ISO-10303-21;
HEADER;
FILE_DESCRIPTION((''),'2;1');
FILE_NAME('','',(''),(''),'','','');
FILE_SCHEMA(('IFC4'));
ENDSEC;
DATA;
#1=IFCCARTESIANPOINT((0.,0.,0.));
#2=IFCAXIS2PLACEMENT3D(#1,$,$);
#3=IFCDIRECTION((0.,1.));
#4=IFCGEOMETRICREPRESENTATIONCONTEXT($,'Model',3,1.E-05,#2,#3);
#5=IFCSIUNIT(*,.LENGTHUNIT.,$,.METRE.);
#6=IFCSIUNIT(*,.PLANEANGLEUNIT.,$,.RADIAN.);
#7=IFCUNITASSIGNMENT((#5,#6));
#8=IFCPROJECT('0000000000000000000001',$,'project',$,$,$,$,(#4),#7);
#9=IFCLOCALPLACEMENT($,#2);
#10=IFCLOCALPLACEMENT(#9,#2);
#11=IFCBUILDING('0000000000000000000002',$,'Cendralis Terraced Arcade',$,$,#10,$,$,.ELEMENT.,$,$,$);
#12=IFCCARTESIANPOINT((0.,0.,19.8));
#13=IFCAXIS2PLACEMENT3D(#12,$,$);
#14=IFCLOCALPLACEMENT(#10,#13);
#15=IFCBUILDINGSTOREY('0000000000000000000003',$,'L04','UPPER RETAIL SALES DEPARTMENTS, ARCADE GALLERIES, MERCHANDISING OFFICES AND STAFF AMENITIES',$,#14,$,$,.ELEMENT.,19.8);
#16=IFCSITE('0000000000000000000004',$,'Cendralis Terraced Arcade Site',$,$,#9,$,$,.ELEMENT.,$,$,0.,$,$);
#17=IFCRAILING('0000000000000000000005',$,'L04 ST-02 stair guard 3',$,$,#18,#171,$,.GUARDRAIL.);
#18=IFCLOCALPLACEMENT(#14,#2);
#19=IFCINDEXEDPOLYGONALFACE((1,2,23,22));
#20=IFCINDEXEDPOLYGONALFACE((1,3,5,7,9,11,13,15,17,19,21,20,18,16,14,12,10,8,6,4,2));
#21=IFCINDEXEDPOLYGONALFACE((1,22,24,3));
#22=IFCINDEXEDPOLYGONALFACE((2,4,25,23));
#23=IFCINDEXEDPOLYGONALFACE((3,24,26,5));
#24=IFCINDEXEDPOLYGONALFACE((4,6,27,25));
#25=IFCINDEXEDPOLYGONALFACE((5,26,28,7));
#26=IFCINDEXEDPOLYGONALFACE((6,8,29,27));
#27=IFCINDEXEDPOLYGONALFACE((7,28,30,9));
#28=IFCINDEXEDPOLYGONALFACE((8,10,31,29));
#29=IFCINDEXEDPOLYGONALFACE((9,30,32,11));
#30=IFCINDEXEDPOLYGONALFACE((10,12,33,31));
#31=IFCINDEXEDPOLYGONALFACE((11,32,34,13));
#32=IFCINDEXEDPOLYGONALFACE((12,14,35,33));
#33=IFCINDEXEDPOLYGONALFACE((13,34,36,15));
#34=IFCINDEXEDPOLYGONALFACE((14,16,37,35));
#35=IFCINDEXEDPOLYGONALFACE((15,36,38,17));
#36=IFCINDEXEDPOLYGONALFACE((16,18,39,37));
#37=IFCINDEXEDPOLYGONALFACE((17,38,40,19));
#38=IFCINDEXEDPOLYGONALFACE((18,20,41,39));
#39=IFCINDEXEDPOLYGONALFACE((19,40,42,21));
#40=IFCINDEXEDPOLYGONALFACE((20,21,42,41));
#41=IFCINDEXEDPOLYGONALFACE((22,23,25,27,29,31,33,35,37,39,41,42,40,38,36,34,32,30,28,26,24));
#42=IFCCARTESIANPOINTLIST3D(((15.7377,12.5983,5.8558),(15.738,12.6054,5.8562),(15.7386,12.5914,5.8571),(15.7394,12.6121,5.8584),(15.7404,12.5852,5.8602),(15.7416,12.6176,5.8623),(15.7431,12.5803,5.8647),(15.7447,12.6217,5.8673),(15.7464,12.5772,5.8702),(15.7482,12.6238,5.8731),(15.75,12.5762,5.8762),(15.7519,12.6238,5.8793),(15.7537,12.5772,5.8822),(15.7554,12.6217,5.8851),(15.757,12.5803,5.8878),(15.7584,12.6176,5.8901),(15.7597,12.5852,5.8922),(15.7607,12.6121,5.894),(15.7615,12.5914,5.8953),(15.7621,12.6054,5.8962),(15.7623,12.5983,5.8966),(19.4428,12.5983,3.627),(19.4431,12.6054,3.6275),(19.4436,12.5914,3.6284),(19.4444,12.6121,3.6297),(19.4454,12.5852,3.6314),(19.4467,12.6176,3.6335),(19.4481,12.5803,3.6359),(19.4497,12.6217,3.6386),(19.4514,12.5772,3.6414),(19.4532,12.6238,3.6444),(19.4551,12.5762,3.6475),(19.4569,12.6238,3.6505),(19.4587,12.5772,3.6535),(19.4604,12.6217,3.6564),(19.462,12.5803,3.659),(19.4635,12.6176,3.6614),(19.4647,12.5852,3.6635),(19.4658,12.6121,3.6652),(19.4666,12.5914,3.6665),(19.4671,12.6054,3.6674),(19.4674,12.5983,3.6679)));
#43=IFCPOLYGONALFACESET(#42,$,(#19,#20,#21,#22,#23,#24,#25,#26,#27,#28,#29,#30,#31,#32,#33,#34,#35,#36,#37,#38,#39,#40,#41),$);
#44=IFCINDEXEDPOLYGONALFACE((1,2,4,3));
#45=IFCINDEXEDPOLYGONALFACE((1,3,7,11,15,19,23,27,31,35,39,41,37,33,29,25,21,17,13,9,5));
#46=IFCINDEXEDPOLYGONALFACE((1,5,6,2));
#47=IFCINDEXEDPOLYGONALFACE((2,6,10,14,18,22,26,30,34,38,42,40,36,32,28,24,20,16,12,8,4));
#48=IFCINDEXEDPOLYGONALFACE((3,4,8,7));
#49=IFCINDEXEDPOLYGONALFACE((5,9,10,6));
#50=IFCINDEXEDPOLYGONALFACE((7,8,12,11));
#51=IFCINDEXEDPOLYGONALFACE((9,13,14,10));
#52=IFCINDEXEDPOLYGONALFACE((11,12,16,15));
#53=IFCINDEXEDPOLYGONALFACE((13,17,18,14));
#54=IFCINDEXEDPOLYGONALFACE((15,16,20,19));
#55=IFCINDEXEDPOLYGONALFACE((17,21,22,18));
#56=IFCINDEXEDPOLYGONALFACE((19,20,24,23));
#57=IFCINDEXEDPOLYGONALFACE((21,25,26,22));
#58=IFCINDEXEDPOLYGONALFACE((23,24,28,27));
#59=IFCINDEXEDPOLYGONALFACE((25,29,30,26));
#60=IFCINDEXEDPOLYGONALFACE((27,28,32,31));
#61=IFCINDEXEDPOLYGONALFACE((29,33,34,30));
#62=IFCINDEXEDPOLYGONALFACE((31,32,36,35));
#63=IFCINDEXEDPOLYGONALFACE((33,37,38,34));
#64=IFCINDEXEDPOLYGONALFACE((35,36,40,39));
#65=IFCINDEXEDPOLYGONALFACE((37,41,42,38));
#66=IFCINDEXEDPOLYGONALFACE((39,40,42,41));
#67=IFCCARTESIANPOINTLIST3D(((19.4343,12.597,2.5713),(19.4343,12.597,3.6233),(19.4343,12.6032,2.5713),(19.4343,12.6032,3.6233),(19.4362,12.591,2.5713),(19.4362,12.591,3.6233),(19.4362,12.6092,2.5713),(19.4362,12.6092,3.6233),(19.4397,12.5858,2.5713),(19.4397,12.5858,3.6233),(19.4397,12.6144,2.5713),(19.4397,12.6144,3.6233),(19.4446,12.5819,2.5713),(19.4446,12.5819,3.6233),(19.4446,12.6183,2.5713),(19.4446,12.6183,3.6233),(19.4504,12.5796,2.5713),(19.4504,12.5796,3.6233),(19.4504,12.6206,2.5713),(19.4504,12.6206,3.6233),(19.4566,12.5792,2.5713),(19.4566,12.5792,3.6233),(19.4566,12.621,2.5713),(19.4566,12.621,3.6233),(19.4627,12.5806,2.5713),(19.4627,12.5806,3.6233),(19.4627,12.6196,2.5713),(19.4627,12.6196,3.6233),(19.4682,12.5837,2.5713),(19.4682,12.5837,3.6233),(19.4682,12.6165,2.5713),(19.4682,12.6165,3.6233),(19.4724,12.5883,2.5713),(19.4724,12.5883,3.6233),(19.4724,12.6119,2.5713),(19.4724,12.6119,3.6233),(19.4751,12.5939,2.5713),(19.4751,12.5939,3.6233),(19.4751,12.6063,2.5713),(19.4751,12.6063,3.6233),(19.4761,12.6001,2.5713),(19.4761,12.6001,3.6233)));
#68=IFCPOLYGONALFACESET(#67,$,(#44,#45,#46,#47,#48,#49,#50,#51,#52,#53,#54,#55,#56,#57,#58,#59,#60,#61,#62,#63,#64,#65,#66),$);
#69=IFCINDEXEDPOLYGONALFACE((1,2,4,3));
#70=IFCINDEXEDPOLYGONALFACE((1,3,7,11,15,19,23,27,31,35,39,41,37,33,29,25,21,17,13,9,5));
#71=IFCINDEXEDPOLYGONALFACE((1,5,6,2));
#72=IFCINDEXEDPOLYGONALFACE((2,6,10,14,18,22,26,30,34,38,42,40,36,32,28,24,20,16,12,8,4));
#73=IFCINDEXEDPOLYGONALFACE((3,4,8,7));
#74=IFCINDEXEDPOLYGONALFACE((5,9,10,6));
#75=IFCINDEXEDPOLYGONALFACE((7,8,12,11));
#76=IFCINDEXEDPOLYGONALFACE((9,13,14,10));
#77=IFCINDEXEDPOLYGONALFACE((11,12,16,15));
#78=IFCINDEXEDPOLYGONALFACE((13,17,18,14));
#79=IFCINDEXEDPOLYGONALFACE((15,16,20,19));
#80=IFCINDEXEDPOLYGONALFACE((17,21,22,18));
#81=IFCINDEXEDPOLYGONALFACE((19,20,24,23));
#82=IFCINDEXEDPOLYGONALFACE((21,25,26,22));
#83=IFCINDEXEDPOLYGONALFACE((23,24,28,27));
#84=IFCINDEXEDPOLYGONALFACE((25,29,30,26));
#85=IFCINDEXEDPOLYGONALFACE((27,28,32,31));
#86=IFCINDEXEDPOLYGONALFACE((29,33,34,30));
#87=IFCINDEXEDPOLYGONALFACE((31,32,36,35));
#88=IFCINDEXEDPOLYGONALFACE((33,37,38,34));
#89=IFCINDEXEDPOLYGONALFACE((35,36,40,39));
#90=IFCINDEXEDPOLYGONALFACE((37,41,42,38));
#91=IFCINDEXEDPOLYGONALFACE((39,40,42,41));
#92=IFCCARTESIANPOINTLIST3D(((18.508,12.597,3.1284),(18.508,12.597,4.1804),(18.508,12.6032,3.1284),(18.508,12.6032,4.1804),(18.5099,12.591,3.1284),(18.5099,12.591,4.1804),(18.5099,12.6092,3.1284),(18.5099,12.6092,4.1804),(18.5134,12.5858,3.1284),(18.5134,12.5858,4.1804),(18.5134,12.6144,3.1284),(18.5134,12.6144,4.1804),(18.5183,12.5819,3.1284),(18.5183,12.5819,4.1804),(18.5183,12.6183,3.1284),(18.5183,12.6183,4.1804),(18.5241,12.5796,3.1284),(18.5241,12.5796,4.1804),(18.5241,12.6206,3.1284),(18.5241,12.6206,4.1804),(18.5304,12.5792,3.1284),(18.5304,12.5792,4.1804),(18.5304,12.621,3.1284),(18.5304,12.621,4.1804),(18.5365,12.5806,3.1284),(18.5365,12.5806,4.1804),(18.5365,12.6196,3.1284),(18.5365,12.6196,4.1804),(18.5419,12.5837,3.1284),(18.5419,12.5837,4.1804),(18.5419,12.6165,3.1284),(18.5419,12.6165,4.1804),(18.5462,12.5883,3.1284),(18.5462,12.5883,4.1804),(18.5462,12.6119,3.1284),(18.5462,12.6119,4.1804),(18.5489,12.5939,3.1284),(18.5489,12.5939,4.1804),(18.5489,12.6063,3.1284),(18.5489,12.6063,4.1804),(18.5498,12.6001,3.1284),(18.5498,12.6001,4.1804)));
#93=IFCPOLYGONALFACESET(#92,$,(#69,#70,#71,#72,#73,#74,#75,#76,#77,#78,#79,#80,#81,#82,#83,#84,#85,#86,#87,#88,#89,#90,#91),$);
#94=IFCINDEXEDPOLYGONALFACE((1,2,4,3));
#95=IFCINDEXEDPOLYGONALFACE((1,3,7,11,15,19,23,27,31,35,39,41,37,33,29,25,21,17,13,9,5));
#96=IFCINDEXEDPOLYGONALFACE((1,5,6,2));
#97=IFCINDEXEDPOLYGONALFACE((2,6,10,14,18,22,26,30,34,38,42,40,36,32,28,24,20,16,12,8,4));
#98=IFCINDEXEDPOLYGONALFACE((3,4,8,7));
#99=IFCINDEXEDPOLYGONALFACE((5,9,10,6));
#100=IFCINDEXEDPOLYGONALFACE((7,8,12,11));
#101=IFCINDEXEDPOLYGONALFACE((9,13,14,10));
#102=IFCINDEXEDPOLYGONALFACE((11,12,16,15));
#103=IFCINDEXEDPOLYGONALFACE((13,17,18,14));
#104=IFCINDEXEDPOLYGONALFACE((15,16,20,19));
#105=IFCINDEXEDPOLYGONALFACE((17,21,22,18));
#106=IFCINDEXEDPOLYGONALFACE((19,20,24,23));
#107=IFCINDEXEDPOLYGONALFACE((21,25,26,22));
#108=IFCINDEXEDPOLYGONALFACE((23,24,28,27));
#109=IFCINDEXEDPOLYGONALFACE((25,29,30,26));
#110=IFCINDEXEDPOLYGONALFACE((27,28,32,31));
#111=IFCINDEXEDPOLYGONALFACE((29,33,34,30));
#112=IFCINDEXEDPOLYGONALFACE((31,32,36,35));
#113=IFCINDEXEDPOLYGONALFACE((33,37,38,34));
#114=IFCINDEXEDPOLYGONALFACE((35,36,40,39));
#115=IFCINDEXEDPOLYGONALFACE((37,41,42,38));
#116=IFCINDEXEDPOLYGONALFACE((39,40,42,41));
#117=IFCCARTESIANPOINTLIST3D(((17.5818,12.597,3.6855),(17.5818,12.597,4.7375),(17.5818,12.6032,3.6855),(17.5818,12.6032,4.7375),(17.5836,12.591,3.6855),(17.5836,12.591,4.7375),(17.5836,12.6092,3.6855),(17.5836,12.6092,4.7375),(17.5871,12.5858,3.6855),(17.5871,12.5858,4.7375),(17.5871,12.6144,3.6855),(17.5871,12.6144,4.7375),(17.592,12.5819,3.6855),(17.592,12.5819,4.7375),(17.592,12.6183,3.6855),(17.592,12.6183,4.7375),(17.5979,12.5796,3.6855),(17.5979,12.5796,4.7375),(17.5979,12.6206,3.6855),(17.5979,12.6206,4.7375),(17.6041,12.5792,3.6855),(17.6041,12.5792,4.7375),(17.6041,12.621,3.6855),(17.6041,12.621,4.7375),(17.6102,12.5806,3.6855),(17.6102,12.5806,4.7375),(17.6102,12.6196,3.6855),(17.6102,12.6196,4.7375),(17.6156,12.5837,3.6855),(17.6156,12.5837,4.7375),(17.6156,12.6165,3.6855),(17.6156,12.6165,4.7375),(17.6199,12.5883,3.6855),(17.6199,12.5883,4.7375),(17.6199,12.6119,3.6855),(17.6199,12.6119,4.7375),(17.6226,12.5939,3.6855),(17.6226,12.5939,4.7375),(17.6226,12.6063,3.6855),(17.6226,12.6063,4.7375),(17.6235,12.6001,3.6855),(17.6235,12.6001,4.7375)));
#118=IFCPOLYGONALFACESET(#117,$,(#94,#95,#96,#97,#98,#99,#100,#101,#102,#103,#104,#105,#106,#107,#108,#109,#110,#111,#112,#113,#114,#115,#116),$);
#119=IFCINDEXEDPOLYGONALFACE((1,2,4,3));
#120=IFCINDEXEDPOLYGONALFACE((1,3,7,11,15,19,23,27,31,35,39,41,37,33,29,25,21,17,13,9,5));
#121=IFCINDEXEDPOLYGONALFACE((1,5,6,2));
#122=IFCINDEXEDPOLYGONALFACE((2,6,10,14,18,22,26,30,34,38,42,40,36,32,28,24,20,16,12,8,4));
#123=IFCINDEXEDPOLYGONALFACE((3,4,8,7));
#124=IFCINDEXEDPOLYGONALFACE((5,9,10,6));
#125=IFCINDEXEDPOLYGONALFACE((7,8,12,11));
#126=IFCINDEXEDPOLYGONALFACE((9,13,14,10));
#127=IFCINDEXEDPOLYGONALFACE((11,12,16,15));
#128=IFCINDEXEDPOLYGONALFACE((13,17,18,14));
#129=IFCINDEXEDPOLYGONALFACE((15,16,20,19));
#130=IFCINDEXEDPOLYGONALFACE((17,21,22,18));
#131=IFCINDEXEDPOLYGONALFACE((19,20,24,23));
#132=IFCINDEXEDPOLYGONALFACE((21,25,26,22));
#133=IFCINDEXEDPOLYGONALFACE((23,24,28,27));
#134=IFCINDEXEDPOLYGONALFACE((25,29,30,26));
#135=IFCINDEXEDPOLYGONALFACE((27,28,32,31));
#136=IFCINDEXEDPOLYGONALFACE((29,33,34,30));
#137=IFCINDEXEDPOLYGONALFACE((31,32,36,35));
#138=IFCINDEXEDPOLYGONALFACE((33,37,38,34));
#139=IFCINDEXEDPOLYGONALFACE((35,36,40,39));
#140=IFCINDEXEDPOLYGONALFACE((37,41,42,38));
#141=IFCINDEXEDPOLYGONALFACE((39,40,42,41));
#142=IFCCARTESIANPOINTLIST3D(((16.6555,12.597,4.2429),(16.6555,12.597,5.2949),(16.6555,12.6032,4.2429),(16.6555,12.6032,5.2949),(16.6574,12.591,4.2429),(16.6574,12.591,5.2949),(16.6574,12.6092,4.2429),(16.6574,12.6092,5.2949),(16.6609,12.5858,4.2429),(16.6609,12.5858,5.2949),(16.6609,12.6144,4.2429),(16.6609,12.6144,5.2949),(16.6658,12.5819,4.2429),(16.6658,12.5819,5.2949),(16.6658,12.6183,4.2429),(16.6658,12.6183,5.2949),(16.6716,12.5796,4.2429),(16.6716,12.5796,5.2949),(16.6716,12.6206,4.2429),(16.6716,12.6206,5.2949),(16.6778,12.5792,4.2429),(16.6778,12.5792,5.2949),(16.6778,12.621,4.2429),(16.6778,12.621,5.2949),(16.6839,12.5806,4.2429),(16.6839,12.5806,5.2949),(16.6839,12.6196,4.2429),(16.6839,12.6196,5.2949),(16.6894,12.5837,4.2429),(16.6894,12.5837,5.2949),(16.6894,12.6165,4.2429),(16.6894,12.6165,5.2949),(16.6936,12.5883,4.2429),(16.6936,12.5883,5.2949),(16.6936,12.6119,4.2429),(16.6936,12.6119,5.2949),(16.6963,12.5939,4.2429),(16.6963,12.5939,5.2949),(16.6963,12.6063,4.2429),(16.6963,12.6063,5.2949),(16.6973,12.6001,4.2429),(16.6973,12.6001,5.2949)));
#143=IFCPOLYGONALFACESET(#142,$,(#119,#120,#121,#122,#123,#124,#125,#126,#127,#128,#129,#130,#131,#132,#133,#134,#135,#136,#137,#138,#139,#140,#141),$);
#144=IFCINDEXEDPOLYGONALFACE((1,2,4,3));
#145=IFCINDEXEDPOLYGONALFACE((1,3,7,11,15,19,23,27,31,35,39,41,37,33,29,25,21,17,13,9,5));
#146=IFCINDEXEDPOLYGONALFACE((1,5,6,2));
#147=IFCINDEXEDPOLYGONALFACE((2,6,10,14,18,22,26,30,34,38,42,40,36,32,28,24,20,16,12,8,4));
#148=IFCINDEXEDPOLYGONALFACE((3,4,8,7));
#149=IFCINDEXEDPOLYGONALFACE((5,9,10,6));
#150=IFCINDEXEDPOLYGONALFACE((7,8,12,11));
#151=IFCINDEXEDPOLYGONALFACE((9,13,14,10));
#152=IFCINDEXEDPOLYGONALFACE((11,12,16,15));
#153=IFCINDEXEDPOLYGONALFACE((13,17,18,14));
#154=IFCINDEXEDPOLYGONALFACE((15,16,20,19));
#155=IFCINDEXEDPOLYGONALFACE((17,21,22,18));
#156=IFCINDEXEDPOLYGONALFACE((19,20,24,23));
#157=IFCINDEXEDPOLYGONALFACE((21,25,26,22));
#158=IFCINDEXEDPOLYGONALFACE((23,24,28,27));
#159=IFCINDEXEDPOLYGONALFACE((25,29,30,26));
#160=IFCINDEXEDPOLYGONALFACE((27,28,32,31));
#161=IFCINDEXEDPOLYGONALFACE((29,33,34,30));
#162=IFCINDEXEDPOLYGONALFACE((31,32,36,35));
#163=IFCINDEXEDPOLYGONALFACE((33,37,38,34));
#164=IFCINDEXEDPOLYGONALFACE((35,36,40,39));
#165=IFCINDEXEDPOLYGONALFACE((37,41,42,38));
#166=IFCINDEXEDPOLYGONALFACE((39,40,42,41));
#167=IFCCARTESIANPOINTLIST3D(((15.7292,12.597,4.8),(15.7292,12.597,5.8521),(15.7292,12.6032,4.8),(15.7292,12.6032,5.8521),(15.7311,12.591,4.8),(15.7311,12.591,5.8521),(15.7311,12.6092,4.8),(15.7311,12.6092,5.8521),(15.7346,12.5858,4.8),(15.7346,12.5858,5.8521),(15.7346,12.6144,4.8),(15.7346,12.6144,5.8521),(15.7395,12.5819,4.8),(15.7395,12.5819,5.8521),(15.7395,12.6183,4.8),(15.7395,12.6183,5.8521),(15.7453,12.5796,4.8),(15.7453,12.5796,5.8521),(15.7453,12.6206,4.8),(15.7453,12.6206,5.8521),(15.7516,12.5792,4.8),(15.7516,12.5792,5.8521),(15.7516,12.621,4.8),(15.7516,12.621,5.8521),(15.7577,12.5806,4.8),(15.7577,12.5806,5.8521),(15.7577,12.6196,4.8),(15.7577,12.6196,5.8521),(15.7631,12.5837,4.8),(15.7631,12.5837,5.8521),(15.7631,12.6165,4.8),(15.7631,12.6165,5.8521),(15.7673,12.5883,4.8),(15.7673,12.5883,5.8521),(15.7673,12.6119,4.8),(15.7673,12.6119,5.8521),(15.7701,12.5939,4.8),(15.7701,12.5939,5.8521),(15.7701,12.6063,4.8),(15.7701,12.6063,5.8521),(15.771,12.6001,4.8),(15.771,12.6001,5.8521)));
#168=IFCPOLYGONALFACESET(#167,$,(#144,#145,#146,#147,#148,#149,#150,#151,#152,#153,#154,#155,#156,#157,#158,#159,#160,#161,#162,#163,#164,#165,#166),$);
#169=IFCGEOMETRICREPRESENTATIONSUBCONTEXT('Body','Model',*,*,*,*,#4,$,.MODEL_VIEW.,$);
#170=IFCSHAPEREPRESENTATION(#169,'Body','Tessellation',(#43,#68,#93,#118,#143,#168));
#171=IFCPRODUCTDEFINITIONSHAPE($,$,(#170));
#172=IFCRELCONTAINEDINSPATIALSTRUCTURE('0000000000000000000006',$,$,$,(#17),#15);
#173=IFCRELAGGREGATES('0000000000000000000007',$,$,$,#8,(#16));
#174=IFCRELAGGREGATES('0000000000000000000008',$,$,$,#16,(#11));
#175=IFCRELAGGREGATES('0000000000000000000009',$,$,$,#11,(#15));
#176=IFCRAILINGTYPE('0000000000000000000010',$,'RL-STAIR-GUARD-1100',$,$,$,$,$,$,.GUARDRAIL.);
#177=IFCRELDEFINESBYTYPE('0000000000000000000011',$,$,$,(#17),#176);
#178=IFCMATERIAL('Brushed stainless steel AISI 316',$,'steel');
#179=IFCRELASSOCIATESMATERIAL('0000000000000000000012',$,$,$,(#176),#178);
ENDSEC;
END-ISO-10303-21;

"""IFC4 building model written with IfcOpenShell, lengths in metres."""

from ifc_helpers import new_model, si_unit, direction, frame, origin, origin_2d, place, context, subcontext, project, spatial, circle, extrude, material, type_object, element, save


model = new_model("IFC4")

# Units and contexts
model_context = context("Model", 3, precision=1e-05, world=origin(), true_north=direction((0.0, 1.0)))
body_context = subcontext(model_context, "Body", "Model", "MODEL_VIEW")
ifc_project = project(units=[si_unit("LENGTHUNIT", "METRE"), si_unit("PLANEANGLEUNIT", "RADIAN")], contexts=[model_context])

# Site, building, storey
site_placement = place(None, origin())
site = spatial("IfcSite", under=ifc_project, at=site_placement, Name="Cendralis Terraced Arcade Site", CompositionType="ELEMENT", RefElevation=0.0)
building_placement = place(site_placement, origin())
building = spatial("IfcBuilding", under=site, at=building_placement, Name="Cendralis Terraced Arcade", CompositionType="ELEMENT")
storey_placement = place(building_placement, frame((0.0, 0.0, 19.8)))
storey = spatial("IfcBuildingStorey", under=building, at=storey_placement, Name="L04", Description="UPPER RETAIL SALES DEPARTMENTS, ARCADE GALLERIES, MERCHANDISING OFFICES AND STAFF AMENITIES", CompositionType="ELEMENT", Elevation=19.8)

# Railing
ifc_material_1 = material(Name="Brushed stainless steel AISI 316", Category="steel")
railing_type = type_object("IfcRailingType", Name="RL-STAIR-GUARD-1100", PredefinedType="GUARDRAIL", material=ifc_material_1)
railing_1_placement = place(storey_placement, frame((19.4551, 12.6001, 2.5713)))
element("IfcRailing", 1, at=railing_1_placement, inside=storey, type_object=railing_type, Name="L04 ST-02 stair guard 3", PredefinedType="GUARDRAIL", context=body_context, shape_type="SweptSolid", body=[
    extrude(circle(Radius=0.0239, at=origin_2d()), frame((0.0, 0.0, 1.0762), z_axis=(-0.856909, 0.0, 0.515467), x_axis=(0.0, -1.0, 0.0)), (0.0, 0.0, 1.0), 4.3237),
    extrude(circle(Radius=0.021, at=origin_2d()), origin(), (0.0, 0.0, 1.0), 1.052),
    extrude(circle(Radius=0.021, at=origin_2d()), frame((-0.9263, 0.0, 0.5571)), (0.0, 0.0, 1.0), 1.052),
    extrude(circle(Radius=0.021, at=origin_2d()), frame((-1.8525, 0.0, 1.1143)), (0.0, 0.0, 1.0), 1.052),
    extrude(circle(Radius=0.021, at=origin_2d()), frame((-2.7788, 0.0, 1.6716)), (0.0, 0.0, 1.0), 1.052),
    extrude(circle(Radius=0.021, at=origin_2d()), frame((-3.7051, 0.0, 2.2288)), (0.0, 0.0, 1.0), 1.052),
])

save(model, "model.ifc")
